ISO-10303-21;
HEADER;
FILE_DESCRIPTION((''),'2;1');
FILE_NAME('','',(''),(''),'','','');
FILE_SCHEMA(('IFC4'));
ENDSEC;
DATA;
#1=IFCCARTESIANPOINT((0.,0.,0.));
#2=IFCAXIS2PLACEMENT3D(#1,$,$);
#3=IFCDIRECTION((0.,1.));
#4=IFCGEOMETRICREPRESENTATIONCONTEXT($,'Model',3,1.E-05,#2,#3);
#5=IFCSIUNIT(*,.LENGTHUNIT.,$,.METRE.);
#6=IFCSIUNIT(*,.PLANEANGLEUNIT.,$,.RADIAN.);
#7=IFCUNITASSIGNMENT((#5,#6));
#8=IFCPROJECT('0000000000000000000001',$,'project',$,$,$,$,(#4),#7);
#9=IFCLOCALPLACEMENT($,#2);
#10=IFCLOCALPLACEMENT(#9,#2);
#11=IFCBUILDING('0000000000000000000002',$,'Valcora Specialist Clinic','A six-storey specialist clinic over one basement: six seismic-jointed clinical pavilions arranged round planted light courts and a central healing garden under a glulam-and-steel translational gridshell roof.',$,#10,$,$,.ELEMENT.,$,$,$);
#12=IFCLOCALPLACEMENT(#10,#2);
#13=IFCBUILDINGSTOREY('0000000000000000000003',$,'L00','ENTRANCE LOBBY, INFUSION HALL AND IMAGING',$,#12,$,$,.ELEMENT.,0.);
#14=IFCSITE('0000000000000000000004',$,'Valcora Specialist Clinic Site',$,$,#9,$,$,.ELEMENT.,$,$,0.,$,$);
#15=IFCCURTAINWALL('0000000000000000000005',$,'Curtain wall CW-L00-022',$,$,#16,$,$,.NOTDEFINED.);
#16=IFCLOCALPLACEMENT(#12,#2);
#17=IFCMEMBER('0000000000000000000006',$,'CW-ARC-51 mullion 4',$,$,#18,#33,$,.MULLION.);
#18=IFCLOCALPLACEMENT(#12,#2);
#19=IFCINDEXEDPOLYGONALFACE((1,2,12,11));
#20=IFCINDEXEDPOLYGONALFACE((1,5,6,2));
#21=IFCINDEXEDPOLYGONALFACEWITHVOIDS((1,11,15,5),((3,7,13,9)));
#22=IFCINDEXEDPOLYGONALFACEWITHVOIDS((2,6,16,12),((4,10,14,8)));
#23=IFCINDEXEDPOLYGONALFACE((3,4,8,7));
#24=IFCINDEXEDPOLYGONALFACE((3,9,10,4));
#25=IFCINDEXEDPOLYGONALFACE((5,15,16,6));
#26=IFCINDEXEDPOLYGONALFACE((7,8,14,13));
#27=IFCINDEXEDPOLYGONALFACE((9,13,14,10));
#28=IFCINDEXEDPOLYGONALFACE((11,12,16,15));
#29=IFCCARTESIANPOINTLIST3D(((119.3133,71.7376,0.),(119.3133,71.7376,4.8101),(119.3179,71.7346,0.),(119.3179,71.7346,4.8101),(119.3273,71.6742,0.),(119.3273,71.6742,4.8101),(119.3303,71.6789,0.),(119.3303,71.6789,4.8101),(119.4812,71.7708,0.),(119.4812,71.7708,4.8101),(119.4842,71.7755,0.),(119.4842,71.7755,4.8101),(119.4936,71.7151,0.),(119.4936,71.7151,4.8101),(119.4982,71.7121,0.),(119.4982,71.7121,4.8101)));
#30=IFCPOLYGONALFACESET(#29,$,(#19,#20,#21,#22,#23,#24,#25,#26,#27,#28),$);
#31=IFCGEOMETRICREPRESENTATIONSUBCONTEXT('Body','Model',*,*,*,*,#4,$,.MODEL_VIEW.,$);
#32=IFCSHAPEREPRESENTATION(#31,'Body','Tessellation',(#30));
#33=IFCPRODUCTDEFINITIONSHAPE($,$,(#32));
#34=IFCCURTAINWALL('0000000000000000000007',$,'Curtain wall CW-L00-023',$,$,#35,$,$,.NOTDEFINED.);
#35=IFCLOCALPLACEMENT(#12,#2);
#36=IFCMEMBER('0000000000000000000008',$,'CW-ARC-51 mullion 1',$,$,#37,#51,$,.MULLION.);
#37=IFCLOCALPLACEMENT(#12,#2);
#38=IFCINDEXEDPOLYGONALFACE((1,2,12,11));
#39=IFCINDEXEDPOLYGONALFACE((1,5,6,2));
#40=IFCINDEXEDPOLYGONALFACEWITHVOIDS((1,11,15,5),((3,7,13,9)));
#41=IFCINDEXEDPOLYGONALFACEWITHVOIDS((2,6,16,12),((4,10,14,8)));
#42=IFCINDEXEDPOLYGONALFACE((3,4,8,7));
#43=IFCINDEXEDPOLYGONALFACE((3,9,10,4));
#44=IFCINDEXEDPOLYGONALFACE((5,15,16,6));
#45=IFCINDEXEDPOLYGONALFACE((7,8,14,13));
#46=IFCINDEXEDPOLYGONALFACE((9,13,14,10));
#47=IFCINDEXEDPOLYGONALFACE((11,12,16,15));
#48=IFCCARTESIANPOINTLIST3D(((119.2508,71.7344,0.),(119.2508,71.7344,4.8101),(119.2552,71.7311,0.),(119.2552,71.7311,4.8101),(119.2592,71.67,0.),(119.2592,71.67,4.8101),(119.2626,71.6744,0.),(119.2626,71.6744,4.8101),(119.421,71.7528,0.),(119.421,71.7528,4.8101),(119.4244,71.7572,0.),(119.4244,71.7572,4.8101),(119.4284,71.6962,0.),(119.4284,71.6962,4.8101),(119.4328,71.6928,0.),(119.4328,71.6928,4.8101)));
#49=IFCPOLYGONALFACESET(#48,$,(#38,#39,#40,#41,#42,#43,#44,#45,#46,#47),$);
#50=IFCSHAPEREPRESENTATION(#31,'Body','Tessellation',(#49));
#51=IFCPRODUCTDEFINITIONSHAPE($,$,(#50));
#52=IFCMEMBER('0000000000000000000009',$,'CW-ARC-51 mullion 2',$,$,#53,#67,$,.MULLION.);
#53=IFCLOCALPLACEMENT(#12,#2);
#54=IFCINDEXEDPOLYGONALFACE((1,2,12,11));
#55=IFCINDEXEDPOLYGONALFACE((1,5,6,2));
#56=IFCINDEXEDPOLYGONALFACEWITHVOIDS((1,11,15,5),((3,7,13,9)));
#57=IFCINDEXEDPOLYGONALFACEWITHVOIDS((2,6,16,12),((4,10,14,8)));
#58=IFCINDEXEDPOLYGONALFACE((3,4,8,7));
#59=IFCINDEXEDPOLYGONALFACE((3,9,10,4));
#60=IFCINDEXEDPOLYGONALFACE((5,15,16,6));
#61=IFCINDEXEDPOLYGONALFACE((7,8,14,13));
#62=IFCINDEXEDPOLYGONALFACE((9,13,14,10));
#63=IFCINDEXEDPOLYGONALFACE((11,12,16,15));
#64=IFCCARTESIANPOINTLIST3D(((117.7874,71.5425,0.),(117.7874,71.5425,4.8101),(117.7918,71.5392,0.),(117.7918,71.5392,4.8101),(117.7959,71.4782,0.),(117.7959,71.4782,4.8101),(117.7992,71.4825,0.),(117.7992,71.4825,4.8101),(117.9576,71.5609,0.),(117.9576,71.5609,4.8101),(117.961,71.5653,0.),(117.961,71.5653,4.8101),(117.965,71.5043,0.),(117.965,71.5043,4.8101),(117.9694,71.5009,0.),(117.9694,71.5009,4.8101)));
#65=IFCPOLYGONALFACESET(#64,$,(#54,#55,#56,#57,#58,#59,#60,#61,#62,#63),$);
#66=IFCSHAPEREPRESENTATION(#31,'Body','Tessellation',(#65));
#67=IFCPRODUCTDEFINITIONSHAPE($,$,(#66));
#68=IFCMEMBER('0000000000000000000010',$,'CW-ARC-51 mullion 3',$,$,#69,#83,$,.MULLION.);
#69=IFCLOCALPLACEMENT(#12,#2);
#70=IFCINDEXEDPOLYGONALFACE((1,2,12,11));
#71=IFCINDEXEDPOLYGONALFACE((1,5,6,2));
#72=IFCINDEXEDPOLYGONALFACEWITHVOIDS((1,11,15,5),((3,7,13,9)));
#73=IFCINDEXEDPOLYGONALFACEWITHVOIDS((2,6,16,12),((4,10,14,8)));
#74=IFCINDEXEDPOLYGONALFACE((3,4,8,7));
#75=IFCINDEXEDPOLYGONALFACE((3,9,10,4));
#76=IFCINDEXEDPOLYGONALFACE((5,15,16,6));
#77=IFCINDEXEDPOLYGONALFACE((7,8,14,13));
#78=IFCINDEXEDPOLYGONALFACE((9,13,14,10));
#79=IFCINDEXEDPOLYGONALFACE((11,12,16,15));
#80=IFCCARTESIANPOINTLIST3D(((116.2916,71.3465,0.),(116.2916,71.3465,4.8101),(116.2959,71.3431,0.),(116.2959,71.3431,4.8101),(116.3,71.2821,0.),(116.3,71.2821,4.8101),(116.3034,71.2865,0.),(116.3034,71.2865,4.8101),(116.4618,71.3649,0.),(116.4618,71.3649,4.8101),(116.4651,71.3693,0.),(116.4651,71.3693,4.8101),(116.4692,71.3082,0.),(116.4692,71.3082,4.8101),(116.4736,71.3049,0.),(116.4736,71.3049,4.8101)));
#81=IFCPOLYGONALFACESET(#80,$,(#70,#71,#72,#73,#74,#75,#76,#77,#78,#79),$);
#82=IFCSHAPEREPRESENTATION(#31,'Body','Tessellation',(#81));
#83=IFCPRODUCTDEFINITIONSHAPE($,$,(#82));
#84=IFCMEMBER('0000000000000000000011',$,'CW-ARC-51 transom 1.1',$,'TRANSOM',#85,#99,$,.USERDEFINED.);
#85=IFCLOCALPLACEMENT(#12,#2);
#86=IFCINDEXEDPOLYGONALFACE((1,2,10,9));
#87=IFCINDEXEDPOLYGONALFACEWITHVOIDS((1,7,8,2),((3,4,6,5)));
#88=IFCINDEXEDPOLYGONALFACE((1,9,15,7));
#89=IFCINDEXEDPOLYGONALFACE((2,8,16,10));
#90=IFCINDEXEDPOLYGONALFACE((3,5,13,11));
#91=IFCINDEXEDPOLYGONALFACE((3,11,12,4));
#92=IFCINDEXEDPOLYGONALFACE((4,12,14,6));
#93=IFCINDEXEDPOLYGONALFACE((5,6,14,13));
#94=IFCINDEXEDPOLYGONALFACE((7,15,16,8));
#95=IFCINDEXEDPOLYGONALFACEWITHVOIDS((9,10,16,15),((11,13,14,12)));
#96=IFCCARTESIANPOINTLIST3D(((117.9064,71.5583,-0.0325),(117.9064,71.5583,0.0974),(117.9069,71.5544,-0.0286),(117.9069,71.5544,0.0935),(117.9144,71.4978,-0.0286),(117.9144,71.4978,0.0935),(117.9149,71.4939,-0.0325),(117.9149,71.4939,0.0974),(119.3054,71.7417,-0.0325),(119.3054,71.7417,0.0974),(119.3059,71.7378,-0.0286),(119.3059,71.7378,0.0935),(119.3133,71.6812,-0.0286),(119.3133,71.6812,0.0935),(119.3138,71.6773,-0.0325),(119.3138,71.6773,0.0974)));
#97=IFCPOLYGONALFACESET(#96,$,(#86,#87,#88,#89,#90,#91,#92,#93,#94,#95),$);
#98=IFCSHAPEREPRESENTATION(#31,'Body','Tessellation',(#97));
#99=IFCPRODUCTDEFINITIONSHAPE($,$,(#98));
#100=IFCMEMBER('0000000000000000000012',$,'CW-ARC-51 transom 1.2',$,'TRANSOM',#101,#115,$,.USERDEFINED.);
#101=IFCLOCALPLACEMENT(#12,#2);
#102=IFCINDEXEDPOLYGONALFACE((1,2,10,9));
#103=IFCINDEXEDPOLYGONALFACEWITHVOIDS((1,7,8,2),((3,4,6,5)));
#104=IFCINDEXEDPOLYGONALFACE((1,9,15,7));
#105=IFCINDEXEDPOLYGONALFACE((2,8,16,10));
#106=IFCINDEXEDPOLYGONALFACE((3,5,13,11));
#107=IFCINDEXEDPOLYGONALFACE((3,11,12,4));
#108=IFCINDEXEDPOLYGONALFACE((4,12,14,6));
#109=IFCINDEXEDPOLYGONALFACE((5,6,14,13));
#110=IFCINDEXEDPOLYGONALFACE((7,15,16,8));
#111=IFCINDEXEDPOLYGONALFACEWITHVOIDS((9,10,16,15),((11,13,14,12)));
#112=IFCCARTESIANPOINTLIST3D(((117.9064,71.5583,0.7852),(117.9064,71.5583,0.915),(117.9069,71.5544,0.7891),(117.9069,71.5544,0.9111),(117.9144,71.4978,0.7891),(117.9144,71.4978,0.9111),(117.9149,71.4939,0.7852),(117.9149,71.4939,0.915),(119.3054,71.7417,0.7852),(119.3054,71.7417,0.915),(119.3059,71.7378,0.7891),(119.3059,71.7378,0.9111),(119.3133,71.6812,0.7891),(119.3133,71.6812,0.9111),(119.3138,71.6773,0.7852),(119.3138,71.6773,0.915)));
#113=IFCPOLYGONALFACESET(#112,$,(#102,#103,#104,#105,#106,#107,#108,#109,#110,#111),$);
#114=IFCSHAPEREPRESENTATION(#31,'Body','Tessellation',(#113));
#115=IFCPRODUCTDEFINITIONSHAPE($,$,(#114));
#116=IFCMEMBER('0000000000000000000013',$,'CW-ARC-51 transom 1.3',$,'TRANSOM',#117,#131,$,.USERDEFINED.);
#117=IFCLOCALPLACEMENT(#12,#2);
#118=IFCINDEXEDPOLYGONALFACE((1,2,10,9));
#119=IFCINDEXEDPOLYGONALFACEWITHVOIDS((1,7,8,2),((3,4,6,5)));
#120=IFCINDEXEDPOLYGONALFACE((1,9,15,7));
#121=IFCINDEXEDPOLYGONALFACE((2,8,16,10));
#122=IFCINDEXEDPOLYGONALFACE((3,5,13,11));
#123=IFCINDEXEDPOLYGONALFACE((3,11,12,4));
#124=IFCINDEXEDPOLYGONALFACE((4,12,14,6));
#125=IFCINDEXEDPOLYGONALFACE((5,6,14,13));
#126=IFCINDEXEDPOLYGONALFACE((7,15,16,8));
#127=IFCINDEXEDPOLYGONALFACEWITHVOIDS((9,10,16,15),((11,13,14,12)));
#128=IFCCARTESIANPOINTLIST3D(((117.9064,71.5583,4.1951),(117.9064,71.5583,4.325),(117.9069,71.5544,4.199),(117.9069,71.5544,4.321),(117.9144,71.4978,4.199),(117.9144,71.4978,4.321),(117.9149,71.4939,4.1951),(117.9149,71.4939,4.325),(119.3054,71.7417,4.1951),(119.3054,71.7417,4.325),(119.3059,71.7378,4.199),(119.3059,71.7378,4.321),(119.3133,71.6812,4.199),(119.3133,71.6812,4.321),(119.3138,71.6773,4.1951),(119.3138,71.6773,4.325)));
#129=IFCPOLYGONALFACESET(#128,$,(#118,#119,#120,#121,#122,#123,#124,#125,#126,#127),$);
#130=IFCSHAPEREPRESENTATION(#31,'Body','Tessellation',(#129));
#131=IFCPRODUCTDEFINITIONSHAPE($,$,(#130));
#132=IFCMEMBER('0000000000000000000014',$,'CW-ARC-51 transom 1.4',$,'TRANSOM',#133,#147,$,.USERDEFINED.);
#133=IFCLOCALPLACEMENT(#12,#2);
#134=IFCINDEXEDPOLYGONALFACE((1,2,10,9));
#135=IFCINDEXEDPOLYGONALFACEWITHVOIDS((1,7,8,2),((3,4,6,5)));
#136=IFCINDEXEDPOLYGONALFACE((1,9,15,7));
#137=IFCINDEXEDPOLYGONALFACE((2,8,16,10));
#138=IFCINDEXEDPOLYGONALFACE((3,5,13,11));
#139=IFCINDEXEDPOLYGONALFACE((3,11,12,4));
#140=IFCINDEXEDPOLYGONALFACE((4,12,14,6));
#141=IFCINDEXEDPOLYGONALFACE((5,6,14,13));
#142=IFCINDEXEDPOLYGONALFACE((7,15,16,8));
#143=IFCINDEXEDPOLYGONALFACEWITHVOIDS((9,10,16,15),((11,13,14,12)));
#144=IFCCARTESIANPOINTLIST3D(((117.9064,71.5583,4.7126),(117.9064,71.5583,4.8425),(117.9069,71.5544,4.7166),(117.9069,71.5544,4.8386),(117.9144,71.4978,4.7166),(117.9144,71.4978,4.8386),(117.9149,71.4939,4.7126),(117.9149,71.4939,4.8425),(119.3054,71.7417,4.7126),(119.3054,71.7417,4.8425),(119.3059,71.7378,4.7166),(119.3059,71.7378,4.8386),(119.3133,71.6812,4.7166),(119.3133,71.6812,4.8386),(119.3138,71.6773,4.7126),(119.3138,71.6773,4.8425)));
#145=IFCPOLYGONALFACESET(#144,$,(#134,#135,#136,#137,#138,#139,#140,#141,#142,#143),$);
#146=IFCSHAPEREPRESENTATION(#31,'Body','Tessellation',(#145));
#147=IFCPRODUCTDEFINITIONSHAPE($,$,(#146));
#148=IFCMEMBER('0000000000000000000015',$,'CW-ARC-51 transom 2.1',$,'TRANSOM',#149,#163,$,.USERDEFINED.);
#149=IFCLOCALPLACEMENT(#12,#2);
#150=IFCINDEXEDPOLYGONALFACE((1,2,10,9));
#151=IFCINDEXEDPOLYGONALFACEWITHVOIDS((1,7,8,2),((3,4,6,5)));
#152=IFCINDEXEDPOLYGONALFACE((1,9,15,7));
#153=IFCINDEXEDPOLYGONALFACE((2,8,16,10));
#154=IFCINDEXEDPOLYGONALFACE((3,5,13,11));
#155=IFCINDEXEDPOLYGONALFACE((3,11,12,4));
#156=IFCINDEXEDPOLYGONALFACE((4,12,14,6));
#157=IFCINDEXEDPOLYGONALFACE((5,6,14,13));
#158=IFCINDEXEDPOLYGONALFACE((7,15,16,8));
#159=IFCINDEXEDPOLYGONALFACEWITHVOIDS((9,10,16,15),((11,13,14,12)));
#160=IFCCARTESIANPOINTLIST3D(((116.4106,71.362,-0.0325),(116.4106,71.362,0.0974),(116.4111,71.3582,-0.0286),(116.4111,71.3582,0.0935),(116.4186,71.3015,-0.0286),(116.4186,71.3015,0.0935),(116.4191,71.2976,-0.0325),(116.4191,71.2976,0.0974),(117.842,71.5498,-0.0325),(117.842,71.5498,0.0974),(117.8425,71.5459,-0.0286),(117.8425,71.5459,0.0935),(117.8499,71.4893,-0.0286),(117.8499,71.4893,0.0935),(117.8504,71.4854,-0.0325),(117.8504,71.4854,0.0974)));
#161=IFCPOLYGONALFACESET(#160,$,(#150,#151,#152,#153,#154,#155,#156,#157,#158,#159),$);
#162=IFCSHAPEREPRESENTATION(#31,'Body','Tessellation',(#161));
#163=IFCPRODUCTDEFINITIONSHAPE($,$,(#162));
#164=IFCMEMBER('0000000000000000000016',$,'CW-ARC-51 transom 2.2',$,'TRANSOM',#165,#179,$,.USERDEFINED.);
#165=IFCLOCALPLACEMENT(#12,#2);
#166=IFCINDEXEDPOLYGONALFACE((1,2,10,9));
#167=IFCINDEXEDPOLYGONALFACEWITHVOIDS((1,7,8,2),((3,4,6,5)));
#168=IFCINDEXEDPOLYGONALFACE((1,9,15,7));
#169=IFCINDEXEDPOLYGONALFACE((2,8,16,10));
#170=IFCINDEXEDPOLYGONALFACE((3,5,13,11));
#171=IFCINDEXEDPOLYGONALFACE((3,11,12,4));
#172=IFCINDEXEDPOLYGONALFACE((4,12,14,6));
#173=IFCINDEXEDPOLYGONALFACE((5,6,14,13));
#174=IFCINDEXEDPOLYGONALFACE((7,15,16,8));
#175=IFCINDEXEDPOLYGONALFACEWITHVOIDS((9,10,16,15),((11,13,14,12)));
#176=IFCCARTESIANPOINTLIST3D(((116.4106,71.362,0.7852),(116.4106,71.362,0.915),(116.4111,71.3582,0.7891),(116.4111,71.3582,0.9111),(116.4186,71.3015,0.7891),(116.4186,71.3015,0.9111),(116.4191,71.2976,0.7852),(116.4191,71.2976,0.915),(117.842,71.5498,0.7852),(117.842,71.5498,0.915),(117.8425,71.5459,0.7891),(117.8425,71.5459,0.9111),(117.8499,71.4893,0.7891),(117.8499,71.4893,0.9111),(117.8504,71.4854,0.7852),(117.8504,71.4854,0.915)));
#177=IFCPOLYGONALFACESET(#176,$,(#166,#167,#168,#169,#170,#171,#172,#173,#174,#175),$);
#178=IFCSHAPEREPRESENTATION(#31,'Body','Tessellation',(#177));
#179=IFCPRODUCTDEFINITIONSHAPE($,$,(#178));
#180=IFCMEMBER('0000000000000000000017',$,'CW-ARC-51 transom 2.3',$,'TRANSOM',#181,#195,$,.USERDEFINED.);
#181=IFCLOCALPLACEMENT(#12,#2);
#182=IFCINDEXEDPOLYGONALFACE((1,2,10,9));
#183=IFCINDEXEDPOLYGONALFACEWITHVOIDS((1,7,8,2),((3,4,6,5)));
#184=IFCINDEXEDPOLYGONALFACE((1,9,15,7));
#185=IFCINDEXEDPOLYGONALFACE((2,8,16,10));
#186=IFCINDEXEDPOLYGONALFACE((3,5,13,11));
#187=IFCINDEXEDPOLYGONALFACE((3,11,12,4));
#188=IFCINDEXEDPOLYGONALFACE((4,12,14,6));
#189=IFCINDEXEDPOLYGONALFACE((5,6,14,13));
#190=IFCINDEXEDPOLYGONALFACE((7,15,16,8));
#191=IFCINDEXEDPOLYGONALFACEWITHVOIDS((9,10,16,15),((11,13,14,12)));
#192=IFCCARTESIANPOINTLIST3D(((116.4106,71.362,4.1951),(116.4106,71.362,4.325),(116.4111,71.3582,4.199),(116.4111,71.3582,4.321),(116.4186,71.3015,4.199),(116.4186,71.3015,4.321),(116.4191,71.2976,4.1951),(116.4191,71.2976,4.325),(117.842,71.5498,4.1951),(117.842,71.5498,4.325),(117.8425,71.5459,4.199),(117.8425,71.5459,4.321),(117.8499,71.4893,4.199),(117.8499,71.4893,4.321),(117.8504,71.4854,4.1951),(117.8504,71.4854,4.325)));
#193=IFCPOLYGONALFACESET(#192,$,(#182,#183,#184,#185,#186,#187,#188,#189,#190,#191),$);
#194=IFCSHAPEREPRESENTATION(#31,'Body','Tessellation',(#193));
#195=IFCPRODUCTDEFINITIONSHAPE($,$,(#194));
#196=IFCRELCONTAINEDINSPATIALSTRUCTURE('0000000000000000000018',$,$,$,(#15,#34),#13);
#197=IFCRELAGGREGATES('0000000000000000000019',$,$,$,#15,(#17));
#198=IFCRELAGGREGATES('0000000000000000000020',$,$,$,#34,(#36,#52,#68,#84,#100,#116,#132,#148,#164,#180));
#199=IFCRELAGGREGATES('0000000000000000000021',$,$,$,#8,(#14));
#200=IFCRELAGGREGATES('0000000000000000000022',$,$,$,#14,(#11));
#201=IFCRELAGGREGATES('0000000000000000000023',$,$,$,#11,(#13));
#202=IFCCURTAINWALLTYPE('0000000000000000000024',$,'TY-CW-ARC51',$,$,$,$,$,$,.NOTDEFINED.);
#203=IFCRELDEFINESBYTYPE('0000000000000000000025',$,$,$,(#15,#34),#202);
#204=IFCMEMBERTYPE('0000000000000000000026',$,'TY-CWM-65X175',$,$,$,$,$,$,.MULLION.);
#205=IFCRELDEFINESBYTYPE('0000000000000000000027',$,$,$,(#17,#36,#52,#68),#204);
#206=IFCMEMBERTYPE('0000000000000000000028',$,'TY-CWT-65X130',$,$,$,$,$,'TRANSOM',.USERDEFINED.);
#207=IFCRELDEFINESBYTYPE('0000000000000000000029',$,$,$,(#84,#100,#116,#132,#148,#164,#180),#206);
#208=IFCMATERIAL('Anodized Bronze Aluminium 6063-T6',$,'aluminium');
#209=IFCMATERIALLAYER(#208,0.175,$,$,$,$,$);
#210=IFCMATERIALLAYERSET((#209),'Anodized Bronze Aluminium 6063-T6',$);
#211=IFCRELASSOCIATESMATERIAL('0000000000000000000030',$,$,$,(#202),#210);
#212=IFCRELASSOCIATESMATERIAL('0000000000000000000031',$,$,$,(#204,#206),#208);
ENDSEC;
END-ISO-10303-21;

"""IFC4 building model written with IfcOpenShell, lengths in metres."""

from ifc_helpers import new_model, si_unit, direction, frame, origin, origin_2d, place, context, subcontext, project, spatial, hollow_rectangle, extrude, material, layer, layer_set, material_profile, profile_set, type_object, element, aggregate, save


model = new_model("IFC4")

# Units and contexts
model_context = context("Model", 3, precision=1e-05, world=origin(), true_north=direction((0.0, 1.0)))
body_context = subcontext(model_context, "Body", "Model", "MODEL_VIEW")
ifc_project = project(units=[si_unit("LENGTHUNIT", "METRE"), si_unit("PLANEANGLEUNIT", "RADIAN")], contexts=[model_context])

# Site, building, storey
site_placement = place(None, origin())
site = spatial("IfcSite", under=ifc_project, at=site_placement, Name="Valcora Specialist Clinic Site", CompositionType="ELEMENT", RefElevation=0.0)
building_placement = place(site_placement, origin())
building = spatial("IfcBuilding", under=site, at=building_placement, Name="Valcora Specialist Clinic", Description="A six-storey specialist clinic over one basement: six seismic-jointed clinical pavilions arranged round planted light courts and a central healing garden under a glulam-and-steel translational gridshell roof.", CompositionType="ELEMENT")
storey_placement = place(building_placement, origin())
storey = spatial("IfcBuildingStorey", under=building, at=storey_placement, Name="L00", Description="ENTRANCE LOBBY, INFUSION HALL AND IMAGING", CompositionType="ELEMENT", Elevation=0.0)

# Curtain wall, member
ifc_material_1 = material(Name="Anodized Bronze Aluminium 6063-T6", Category="aluminium")
ifc_layer_1 = layer(ifc_material_1, 0.175)
ifc_layer_set_1 = layer_set([ifc_layer_1], Name="Anodized Bronze Aluminium 6063-T6")
curtain_wall_type = type_object("IfcCurtainWallType", Name="TY-CW-ARC51", PredefinedType="NOTDEFINED", material=ifc_layer_set_1)
curtain_wall_1_placement = place(storey_placement, origin())
curtain_wall_1 = element("IfcCurtainWall", 1, at=curtain_wall_1_placement, inside=storey, type_object=curtain_wall_type, Name="Curtain wall CW-L00-022", PredefinedType="NOTDEFINED")
ifc_material_profile_1 = material_profile(ifc_material_1, hollow_rectangle(XDim=0.0649, YDim=0.175, WallThickness=0.0039, at=origin_2d()), Name="AL-MUL-65X175")
ifc_profile_set_1 = profile_set([ifc_material_profile_1], Name="Anodized Bronze Aluminium 6063-T6")
member_type_1 = type_object("IfcMemberType", Name="TY-CWM-65X175", PredefinedType="MULLION", material=ifc_profile_set_1)
member_1_placement = place(storey_placement, frame((119.4058, 71.7249, 0.0), z_axis=(0.0, 0.0, 1.0), x_axis=(0.216518, -0.976279, 0.0)))
member_1 = element("IfcMember", 2, at=member_1_placement, type_object=member_type_1, Name="CW-ARC-51 mullion 4", PredefinedType="MULLION", context=body_context, shape_type="SweptSolid", body=[
    extrude(hollow_rectangle(XDim=0.0649, YDim=0.175, WallThickness=0.0039, at=origin_2d()), origin(), (0.0, 0.0, 1.0), 4.8101),
])

# Curtain wall, members
curtain_wall_2_placement = place(storey_placement, origin())
curtain_wall_2 = element("IfcCurtainWall", 3, at=curtain_wall_2_placement, inside=storey, type_object=curtain_wall_type, Name="Curtain wall CW-L00-023", PredefinedType="NOTDEFINED")
member_2_placement = place(storey_placement, frame((119.3418, 71.7136, 0.0), z_axis=(0.0, 0.0, 1.0), x_axis=(0.129999, -0.991514, 0.0)))
member_2 = element("IfcMember", 4, at=member_2_placement, type_object=member_type_1, Name="CW-ARC-51 mullion 1", PredefinedType="MULLION", context=body_context, shape_type="SweptSolid", body=[
    extrude(hollow_rectangle(XDim=0.0649, YDim=0.175, WallThickness=0.0039, at=origin_2d()), origin(), (0.0, 0.0, 1.0), 4.8101),
])
member_3_placement = place(storey_placement, frame((117.8784, 71.5217, 0.0), z_axis=(0.0, 0.0, 1.0), x_axis=(0.129999, -0.991514, 0.0)))
member_3 = element("IfcMember", 5, at=member_3_placement, type_object=member_type_1, Name="CW-ARC-51 mullion 2", PredefinedType="MULLION", context=body_context, shape_type="SweptSolid", body=[
    extrude(hollow_rectangle(XDim=0.0649, YDim=0.175, WallThickness=0.0039, at=origin_2d()), origin(), (0.0, 0.0, 1.0), 4.8101),
])
member_4_placement = place(storey_placement, frame((116.3826, 71.3257, 0.0), z_axis=(0.0, 0.0, 1.0), x_axis=(0.129999, -0.991514, 0.0)))
member_4 = element("IfcMember", 6, at=member_4_placement, type_object=member_type_1, Name="CW-ARC-51 mullion 3", PredefinedType="MULLION", context=body_context, shape_type="SweptSolid", body=[
    extrude(hollow_rectangle(XDim=0.0649, YDim=0.175, WallThickness=0.0039, at=origin_2d()), origin(), (0.0, 0.0, 1.0), 4.8101),
])
ifc_material_profile_2 = material_profile(ifc_material_1, hollow_rectangle(XDim=0.0649, YDim=0.1299, WallThickness=0.0039, at=origin_2d()), Name="AL-TRN-65X130")
ifc_profile_set_2 = profile_set([ifc_material_profile_2], Name="Anodized Bronze Aluminium 6063-T6")
member_type_2 = type_object("IfcMemberType", Name="TY-CWT-65X130", ElementType="TRANSOM", PredefinedType="USERDEFINED", material=ifc_profile_set_2)
member_5_placement = place(storey_placement, frame((119.3096, 71.7095, 0.0325), z_axis=(-0.99152, -0.129953, 0.0), x_axis=(0.129953, -0.99152, 0.0)))
member_5 = element("IfcMember", 7, at=member_5_placement, type_object=member_type_2, Name="CW-ARC-51 transom 1.1", ObjectType="TRANSOM", PredefinedType="USERDEFINED", context=body_context, shape_type="SweptSolid", body=[
    extrude(hollow_rectangle(XDim=0.0649, YDim=0.1299, WallThickness=0.0039, at=origin_2d()), origin(), (0.0, 0.0, 1.0), 1.4109),
])
member_6_placement = place(storey_placement, frame((119.3096, 71.7095, 0.8501), z_axis=(-0.99152, -0.129953, 0.0), x_axis=(0.129953, -0.99152, 0.0)))
member_6 = element("IfcMember", 8, at=member_6_placement, type_object=member_type_2, Name="CW-ARC-51 transom 1.2", ObjectType="TRANSOM", PredefinedType="USERDEFINED", context=body_context, shape_type="SweptSolid", body=[
    extrude(hollow_rectangle(XDim=0.0649, YDim=0.1299, WallThickness=0.0039, at=origin_2d()), origin(), (0.0, 0.0, 1.0), 1.4109),
])
member_7_placement = place(storey_placement, frame((119.3096, 71.7095, 4.26), z_axis=(-0.99152, -0.129953, 0.0), x_axis=(0.129953, -0.99152, 0.0)))
member_7 = element("IfcMember", 9, at=member_7_placement, type_object=member_type_2, Name="CW-ARC-51 transom 1.3", ObjectType="TRANSOM", PredefinedType="USERDEFINED", context=body_context, shape_type="SweptSolid", body=[
    extrude(hollow_rectangle(XDim=0.0649, YDim=0.1299, WallThickness=0.0039, at=origin_2d()), origin(), (0.0, 0.0, 1.0), 1.4109),
])
member_8_placement = place(storey_placement, frame((119.3096, 71.7095, 4.7776), z_axis=(-0.99152, -0.129953, 0.0), x_axis=(0.129953, -0.99152, 0.0)))
member_8 = element("IfcMember", 10, at=member_8_placement, type_object=member_type_2, Name="CW-ARC-51 transom 1.4", ObjectType="TRANSOM", PredefinedType="USERDEFINED", context=body_context, shape_type="SweptSolid", body=[
    extrude(hollow_rectangle(XDim=0.0649, YDim=0.1299, WallThickness=0.0039, at=origin_2d()), origin(), (0.0, 0.0, 1.0), 1.4109),
])
member_9_placement = place(storey_placement, frame((117.8462, 71.5176, 0.0325), z_axis=(-0.991508, -0.130048, 0.0), x_axis=(0.130048, -0.991508, 0.0)))
member_9 = element("IfcMember", 11, at=member_9_placement, type_object=member_type_2, Name="CW-ARC-51 transom 2.1", ObjectType="TRANSOM", PredefinedType="USERDEFINED", context=body_context, shape_type="SweptSolid", body=[
    extrude(hollow_rectangle(XDim=0.0649, YDim=0.1299, WallThickness=0.0039, at=origin_2d()), origin(), (0.0, 0.0, 1.0), 1.4436),
])
member_10_placement = place(storey_placement, frame((117.8462, 71.5176, 0.8501), z_axis=(-0.991508, -0.130048, 0.0), x_axis=(0.130048, -0.991508, 0.0)))
member_10 = element("IfcMember", 12, at=member_10_placement, type_object=member_type_2, Name="CW-ARC-51 transom 2.2", ObjectType="TRANSOM", PredefinedType="USERDEFINED", context=body_context, shape_type="SweptSolid", body=[
    extrude(hollow_rectangle(XDim=0.0649, YDim=0.1299, WallThickness=0.0039, at=origin_2d()), origin(), (0.0, 0.0, 1.0), 1.4436),
])
member_11_placement = place(storey_placement, frame((117.8462, 71.5176, 4.26), z_axis=(-0.991508, -0.130048, 0.0), x_axis=(0.130048, -0.991508, 0.0)))
member_11 = element("IfcMember", 13, at=member_11_placement, type_object=member_type_2, Name="CW-ARC-51 transom 2.3", ObjectType="TRANSOM", PredefinedType="USERDEFINED", context=body_context, shape_type="SweptSolid", body=[
    extrude(hollow_rectangle(XDim=0.0649, YDim=0.1299, WallThickness=0.0039, at=origin_2d()), origin(), (0.0, 0.0, 1.0), 1.4436),
])

aggregate(curtain_wall_1, [member_1])
aggregate(curtain_wall_2, [member_2, member_3, member_4, member_5, member_6, member_7, member_8, member_9, member_10, member_11])

save(model, "model.ifc")
